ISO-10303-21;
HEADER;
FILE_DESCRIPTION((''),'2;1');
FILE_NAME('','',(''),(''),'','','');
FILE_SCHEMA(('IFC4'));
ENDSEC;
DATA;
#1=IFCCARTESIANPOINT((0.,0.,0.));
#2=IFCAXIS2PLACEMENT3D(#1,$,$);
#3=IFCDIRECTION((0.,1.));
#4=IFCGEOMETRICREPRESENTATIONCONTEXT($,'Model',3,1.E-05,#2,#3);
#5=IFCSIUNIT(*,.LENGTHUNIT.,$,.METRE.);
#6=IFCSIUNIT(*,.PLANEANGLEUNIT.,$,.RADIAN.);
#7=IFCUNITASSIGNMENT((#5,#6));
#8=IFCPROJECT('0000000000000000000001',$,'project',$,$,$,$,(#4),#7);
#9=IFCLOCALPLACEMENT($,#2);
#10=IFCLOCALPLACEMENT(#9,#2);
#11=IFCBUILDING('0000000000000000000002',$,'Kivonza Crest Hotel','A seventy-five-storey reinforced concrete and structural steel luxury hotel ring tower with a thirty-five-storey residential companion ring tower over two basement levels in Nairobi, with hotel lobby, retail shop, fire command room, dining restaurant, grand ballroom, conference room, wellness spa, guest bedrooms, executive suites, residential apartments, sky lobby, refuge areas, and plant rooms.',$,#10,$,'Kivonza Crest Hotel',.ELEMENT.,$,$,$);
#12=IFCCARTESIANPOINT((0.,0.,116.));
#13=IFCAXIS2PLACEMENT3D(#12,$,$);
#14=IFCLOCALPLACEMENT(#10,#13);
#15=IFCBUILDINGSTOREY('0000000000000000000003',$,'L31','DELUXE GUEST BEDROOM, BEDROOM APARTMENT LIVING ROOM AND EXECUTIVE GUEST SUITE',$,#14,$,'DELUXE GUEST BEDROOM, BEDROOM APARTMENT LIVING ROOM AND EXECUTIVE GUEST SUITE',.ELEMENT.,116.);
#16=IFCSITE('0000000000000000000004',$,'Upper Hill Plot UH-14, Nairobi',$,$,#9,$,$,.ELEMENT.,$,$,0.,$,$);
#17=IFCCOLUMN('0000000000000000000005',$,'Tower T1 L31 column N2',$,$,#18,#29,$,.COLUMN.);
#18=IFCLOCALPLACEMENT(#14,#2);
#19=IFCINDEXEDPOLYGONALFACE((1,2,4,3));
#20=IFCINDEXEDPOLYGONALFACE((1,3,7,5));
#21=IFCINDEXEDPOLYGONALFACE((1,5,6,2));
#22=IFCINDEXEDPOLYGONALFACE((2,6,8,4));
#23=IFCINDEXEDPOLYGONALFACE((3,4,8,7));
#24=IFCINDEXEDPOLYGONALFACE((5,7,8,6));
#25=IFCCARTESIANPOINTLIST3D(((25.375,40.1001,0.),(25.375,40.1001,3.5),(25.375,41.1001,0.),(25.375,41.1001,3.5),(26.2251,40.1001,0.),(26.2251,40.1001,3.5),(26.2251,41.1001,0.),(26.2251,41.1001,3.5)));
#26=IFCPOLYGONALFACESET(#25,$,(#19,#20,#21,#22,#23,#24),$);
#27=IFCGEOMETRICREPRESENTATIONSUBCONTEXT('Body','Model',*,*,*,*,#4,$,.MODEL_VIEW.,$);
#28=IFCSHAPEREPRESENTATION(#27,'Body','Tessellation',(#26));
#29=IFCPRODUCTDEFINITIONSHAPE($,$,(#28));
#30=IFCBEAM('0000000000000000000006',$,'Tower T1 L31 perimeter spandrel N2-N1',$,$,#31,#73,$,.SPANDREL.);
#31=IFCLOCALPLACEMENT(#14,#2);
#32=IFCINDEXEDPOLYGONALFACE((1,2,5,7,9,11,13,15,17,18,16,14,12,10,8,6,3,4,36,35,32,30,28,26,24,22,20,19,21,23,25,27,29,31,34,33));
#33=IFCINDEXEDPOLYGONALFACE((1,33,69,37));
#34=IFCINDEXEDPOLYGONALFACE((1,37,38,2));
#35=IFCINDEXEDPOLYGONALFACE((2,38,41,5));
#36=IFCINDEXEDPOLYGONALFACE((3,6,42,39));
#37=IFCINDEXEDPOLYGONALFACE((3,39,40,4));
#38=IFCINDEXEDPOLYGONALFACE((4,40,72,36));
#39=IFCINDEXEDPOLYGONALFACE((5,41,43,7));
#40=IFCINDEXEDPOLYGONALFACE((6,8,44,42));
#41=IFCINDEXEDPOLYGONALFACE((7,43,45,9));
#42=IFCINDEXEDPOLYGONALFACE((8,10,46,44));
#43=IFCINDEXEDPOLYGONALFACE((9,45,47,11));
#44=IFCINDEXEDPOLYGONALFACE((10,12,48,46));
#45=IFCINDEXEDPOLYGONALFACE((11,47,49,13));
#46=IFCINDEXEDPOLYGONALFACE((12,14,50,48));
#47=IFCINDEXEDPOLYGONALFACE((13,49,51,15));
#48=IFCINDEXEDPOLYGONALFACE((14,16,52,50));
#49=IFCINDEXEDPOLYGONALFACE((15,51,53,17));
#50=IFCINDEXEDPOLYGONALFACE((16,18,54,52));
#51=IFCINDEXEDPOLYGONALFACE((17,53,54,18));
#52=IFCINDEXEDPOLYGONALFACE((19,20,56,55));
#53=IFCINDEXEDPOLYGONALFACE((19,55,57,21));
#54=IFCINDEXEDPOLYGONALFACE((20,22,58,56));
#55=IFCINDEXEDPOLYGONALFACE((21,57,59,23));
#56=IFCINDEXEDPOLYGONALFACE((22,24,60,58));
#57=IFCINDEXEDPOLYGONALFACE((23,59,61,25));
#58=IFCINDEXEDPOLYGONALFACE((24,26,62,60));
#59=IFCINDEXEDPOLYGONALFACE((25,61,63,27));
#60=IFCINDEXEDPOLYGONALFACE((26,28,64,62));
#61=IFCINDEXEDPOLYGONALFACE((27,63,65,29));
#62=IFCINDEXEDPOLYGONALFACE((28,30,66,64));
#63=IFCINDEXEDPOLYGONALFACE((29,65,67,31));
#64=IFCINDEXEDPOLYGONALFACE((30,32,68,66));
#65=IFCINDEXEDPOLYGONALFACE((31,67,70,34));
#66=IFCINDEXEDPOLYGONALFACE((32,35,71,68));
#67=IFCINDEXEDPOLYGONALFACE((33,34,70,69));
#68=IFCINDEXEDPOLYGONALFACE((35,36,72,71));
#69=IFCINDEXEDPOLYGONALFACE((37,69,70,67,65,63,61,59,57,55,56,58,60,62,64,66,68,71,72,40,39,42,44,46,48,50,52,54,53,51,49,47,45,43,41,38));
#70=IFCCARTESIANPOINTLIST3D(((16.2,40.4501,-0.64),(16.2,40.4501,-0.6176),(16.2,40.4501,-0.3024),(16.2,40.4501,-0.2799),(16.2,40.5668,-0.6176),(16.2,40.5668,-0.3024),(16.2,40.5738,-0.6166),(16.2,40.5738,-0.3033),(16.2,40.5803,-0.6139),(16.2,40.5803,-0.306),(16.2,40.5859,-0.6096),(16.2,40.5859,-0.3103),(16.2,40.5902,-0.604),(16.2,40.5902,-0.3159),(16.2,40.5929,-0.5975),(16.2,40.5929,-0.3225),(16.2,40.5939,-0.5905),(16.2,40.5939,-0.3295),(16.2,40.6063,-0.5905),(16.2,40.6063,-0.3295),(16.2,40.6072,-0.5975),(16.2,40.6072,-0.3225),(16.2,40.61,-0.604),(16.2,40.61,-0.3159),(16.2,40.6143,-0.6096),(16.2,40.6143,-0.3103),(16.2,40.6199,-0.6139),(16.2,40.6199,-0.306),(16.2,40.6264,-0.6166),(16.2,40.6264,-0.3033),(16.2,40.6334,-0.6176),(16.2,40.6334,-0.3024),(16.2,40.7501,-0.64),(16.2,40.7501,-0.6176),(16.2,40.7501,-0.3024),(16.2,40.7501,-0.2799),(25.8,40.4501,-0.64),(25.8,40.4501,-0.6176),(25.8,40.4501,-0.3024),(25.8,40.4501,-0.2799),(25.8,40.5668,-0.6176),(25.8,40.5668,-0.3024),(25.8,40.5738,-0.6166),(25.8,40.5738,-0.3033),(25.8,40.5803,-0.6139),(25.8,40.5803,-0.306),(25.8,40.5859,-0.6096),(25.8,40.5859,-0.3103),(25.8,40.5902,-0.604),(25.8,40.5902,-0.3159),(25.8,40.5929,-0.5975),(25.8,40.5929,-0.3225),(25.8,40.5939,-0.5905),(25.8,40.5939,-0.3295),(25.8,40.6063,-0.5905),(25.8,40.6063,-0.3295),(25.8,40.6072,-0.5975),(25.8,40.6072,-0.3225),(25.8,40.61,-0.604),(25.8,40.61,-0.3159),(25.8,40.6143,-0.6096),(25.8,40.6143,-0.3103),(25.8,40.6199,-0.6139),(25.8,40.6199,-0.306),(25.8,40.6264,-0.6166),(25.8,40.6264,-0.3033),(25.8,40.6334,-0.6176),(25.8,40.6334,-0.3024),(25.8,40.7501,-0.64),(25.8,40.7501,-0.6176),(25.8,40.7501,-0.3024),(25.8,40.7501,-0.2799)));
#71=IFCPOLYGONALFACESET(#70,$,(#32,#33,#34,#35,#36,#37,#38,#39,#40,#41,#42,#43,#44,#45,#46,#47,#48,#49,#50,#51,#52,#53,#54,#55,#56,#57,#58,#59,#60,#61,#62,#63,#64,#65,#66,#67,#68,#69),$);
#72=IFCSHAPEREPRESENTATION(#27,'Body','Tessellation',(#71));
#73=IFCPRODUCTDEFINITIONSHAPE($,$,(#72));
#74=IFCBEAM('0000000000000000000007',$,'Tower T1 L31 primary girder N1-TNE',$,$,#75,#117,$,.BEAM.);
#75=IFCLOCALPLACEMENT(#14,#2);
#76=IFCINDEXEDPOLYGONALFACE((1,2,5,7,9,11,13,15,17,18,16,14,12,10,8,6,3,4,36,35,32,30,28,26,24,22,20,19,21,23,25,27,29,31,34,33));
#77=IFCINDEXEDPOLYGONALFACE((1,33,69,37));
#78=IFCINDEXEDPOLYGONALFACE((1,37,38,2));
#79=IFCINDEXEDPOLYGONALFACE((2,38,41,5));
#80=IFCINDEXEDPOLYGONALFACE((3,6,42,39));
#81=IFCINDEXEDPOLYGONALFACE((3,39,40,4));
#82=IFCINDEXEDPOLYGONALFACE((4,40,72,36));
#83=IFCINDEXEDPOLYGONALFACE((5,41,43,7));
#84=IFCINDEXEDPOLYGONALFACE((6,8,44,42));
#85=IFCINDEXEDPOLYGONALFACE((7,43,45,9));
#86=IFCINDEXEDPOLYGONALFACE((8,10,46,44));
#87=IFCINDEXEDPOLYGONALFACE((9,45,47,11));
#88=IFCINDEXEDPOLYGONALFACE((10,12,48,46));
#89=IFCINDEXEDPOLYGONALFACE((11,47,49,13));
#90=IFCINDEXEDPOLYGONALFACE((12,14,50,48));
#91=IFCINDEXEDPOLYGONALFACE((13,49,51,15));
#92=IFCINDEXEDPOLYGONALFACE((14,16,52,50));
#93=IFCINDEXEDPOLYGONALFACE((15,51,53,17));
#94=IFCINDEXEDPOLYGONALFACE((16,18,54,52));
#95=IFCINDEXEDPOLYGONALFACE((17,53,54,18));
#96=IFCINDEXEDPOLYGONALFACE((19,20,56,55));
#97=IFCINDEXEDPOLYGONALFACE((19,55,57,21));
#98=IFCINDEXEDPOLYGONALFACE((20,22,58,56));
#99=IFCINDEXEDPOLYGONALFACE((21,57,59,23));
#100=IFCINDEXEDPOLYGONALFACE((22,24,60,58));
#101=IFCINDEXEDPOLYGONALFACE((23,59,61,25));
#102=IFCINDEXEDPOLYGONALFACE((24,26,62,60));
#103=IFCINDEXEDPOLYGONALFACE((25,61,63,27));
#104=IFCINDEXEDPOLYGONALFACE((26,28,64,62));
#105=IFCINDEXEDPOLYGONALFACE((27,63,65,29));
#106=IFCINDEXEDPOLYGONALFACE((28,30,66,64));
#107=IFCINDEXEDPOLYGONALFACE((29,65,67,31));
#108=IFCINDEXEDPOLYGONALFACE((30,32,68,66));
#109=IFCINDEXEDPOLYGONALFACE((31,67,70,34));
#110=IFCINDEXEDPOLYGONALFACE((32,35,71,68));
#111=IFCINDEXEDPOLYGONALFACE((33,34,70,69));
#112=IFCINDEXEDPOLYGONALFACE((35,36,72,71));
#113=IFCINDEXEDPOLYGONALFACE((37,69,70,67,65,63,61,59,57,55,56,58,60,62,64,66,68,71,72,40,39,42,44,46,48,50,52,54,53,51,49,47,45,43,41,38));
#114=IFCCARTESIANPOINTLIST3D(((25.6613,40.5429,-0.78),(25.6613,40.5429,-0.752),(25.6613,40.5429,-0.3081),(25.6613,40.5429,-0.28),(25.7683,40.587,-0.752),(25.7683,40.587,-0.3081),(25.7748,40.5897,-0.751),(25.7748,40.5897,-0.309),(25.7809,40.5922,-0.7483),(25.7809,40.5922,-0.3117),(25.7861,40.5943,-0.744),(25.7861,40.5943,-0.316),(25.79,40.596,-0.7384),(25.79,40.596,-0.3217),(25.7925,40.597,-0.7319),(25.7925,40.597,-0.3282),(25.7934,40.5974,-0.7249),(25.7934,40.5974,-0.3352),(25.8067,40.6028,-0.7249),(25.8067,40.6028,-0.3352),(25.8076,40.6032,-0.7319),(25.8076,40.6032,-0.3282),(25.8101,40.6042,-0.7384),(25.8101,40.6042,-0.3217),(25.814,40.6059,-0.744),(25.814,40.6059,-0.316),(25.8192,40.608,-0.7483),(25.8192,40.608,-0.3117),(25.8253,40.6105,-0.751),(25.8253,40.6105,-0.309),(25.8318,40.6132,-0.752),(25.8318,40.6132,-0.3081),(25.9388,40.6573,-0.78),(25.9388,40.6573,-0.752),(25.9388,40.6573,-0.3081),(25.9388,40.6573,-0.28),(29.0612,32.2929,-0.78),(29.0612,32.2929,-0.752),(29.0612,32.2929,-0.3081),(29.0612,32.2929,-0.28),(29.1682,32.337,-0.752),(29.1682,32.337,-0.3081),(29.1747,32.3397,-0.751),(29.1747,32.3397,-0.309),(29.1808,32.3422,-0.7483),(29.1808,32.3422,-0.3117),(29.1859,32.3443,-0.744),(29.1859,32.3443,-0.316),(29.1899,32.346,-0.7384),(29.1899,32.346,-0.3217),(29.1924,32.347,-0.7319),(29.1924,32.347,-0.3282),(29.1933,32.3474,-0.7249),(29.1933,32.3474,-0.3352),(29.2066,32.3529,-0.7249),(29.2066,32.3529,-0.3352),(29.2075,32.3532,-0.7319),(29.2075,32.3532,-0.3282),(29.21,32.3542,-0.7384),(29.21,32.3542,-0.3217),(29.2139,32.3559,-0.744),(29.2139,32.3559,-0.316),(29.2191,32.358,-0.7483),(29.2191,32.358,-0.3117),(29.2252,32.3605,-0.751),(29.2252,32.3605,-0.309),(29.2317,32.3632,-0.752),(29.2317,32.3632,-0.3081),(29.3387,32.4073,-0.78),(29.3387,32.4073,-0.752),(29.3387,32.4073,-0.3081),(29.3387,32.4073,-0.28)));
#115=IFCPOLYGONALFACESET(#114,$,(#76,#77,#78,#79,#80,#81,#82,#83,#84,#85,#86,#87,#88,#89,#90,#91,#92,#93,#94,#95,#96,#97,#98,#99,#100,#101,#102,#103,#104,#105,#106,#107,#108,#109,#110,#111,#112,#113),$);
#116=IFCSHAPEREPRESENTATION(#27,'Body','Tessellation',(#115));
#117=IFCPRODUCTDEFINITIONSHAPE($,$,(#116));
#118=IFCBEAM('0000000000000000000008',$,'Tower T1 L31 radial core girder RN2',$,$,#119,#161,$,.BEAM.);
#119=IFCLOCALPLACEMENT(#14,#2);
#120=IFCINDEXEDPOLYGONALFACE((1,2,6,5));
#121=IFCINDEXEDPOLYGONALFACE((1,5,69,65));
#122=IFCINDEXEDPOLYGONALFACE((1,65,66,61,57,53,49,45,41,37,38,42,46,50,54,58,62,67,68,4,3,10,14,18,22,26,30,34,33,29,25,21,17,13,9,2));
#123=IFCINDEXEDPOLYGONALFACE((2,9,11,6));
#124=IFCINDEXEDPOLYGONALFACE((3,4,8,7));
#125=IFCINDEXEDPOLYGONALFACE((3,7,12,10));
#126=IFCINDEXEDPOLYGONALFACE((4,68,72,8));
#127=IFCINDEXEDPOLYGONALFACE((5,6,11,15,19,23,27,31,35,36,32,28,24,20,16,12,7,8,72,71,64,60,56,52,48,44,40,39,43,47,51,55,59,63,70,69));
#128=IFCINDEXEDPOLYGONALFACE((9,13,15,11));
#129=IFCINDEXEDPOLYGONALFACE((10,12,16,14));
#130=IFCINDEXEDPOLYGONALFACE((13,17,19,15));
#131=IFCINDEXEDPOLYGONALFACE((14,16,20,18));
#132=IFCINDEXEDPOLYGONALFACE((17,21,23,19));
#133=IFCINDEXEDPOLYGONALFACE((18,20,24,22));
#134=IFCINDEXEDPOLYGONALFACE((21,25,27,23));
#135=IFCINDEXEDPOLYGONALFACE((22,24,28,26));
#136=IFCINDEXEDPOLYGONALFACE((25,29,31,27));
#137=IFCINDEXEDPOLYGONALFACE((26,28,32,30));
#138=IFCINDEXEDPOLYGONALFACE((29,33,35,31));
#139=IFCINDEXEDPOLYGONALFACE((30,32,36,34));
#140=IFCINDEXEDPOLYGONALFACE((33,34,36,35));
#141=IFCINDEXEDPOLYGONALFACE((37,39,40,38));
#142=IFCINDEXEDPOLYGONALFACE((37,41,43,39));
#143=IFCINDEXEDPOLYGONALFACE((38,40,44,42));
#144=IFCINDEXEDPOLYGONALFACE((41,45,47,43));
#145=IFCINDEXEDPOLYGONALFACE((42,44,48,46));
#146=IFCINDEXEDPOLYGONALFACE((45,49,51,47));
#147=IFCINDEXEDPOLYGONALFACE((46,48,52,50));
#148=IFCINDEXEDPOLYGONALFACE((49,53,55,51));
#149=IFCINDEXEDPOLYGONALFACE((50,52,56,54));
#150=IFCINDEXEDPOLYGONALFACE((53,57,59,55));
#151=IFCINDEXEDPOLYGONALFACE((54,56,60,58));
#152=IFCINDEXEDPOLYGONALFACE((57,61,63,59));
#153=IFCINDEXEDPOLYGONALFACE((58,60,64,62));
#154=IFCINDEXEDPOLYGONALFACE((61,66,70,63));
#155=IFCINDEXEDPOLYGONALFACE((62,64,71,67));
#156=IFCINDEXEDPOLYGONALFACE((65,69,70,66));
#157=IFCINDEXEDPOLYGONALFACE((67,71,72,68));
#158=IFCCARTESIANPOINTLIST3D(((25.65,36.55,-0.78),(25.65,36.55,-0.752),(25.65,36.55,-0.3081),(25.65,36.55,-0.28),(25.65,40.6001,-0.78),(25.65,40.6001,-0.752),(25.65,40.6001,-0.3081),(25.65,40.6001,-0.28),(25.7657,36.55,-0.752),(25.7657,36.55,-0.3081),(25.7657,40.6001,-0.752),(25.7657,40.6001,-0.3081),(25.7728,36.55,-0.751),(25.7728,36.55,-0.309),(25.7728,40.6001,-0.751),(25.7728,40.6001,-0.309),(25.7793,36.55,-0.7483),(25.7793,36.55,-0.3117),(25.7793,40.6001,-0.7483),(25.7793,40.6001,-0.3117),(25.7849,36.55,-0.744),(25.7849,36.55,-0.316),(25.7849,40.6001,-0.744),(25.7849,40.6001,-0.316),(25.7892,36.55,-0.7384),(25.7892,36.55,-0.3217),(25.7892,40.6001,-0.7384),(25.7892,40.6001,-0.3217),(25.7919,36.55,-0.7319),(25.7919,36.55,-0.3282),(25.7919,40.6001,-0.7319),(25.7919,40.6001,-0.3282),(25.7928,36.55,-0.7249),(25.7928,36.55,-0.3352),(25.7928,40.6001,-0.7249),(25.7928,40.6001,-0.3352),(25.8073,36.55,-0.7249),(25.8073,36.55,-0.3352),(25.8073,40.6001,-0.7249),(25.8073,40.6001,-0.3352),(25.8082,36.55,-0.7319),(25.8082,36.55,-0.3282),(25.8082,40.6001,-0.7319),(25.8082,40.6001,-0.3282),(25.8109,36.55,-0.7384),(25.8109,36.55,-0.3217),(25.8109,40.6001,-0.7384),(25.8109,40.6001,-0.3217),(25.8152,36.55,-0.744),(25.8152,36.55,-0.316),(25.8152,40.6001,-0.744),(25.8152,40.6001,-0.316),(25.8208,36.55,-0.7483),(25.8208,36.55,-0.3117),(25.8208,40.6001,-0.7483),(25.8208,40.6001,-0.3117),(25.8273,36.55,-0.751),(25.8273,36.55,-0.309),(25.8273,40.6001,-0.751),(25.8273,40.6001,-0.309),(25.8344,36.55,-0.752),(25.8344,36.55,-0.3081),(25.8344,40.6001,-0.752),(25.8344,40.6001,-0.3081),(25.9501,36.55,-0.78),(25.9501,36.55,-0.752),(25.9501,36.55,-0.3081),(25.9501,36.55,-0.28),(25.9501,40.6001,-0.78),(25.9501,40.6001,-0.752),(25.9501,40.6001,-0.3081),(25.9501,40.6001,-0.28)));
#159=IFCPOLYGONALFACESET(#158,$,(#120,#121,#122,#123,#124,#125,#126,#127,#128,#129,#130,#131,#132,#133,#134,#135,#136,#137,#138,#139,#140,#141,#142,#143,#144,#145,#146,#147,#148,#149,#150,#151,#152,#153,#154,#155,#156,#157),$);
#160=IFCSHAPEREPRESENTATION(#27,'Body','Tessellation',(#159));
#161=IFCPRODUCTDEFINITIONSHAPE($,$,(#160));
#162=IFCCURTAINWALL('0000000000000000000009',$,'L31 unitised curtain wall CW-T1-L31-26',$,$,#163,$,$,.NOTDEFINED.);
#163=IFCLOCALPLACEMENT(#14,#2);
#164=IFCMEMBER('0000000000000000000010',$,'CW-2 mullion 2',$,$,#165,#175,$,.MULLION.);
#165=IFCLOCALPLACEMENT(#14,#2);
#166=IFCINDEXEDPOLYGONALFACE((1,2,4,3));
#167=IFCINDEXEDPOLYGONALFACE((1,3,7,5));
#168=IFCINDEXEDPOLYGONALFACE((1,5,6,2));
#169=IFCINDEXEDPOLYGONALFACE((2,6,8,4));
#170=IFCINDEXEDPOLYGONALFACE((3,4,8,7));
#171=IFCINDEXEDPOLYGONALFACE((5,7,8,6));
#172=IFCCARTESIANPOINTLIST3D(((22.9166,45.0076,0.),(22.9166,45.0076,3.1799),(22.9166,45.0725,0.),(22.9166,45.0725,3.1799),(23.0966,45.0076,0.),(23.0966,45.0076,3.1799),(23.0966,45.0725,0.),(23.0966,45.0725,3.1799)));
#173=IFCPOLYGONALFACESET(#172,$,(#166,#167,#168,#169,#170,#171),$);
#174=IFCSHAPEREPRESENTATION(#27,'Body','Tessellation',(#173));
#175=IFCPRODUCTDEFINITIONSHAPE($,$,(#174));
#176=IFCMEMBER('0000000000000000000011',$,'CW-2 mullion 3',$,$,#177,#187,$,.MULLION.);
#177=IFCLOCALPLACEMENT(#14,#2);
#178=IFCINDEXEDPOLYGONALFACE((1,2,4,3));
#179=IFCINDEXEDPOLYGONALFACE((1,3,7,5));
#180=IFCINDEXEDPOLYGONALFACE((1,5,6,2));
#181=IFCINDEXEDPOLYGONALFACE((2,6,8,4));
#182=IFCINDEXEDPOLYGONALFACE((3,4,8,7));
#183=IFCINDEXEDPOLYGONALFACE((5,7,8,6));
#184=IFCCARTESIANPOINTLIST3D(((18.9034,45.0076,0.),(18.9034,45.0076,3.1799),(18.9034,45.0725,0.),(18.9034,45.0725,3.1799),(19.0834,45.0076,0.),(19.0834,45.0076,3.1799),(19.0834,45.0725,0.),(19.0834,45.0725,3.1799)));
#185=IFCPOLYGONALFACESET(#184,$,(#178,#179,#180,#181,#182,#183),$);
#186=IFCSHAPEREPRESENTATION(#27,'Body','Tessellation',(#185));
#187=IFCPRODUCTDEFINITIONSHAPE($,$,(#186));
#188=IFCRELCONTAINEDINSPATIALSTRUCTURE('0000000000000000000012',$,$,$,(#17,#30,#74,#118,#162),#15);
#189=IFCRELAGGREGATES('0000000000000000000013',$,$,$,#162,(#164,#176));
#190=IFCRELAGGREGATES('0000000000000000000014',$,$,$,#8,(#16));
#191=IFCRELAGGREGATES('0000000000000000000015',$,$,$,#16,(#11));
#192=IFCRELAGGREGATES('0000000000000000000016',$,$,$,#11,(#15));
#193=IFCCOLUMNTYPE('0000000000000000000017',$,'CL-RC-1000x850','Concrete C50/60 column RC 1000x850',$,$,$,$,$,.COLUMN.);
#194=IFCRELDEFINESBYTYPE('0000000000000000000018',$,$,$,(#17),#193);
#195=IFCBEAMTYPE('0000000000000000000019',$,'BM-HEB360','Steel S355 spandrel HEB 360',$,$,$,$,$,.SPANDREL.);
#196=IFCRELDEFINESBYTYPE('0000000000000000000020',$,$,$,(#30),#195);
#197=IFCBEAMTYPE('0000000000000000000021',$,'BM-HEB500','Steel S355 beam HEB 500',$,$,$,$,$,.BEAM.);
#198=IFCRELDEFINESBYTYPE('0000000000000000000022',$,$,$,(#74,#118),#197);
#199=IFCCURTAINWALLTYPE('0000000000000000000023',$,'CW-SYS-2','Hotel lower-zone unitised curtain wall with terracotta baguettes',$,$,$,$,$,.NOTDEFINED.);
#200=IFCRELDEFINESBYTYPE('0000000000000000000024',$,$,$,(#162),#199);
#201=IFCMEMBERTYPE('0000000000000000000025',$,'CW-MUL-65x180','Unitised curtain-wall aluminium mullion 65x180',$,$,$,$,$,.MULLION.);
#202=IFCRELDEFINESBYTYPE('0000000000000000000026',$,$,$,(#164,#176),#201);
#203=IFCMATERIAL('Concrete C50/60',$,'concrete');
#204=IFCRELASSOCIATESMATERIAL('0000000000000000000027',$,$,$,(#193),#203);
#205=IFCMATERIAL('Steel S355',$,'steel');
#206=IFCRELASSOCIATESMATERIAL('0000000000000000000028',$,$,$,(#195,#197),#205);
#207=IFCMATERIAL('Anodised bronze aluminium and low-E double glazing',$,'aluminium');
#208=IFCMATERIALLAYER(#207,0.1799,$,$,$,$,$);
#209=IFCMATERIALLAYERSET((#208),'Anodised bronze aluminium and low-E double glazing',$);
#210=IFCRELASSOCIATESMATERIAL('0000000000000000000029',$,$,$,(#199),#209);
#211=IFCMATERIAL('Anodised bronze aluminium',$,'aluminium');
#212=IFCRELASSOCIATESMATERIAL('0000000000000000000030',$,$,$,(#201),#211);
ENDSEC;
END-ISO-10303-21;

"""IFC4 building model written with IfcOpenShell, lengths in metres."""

from ifc_helpers import new_model, si_unit, direction, frame, origin, origin_2d, place, context, subcontext, project, spatial, rectangle, i_section, extrude, material, layer, layer_set, material_profile, profile_set, type_object, element, aggregate, save


model = new_model("IFC4")

# Units and contexts
model_context = context("Model", 3, precision=1e-05, world=origin(), true_north=direction((0.0, 1.0)))
body_context = subcontext(model_context, "Body", "Model", "MODEL_VIEW")
ifc_project = project(units=[si_unit("LENGTHUNIT", "METRE"), si_unit("PLANEANGLEUNIT", "RADIAN")], contexts=[model_context])

# Site, building, storey
site_placement = place(None, origin())
site = spatial("IfcSite", under=ifc_project, at=site_placement, Name="Upper Hill Plot UH-14, Nairobi", CompositionType="ELEMENT", RefElevation=0.0)
building_placement = place(site_placement, origin())
building = spatial("IfcBuilding", under=site, at=building_placement, Name="Kivonza Crest Hotel", Description="A seventy-five-storey reinforced concrete and structural steel luxury hotel ring tower with a thirty-five-storey residential companion ring tower over two basement levels in Nairobi, with hotel lobby, retail shop, fire command room, dining restaurant, grand ballroom, conference room, wellness spa, guest bedrooms, executive suites, residential apartments, sky lobby, refuge areas, and plant rooms.", LongName="Kivonza Crest Hotel", CompositionType="ELEMENT")
storey_placement = place(building_placement, frame((0.0, 0.0, 116.0)))
storey = spatial("IfcBuildingStorey", under=building, at=storey_placement, Name="L31", Description="DELUXE GUEST BEDROOM, BEDROOM APARTMENT LIVING ROOM AND EXECUTIVE GUEST SUITE", LongName="DELUXE GUEST BEDROOM, BEDROOM APARTMENT LIVING ROOM AND EXECUTIVE GUEST SUITE", CompositionType="ELEMENT", Elevation=116.0)

# Column
ifc_material_1 = material(Name="Concrete C50/60", Category="concrete")
ifc_material_profile_1 = material_profile(ifc_material_1, rectangle(XDim=0.8501, YDim=1.0, at=origin_2d()), Name="RC 1000x850")
ifc_profile_set_1 = profile_set([ifc_material_profile_1], Name="Concrete C50/60")
column_type = type_object("IfcColumnType", Name="CL-RC-1000x850", Description="Concrete C50/60 column RC 1000x850", PredefinedType="COLUMN", material=ifc_profile_set_1)
column_placement = place(storey_placement, frame((25.8, 40.6001, 0.0), z_axis=(0.0, 0.0, 1.0), x_axis=(1.0, 0.0, 0.0)))
element("IfcColumn", 1, at=column_placement, inside=storey, type_object=column_type, Name="Tower T1 L31 column N2", PredefinedType="COLUMN", context=body_context, shape_type="SweptSolid", body=[
    extrude(rectangle(XDim=0.8501, YDim=1.0, at=origin_2d()), origin(), (0.0, 0.0, 1.0), 3.5),
])

# Beams
ifc_material_2 = material(Name="Steel S355", Category="steel")
ifc_material_profile_2 = material_profile(ifc_material_2, i_section(OverallWidth=0.3, OverallDepth=0.3601, WebThickness=0.0125, FlangeThickness=0.0225, FilletRadius=0.0271, at=origin_2d()), Name="HEB 360")
ifc_profile_set_2 = profile_set([ifc_material_profile_2], Name="Steel S355")
beam_type_1 = type_object("IfcBeamType", Name="BM-HEB360", Description="Steel S355 spandrel HEB 360", PredefinedType="SPANDREL", material=ifc_profile_set_2)
beam_1_placement = place(storey_placement, frame((25.8, 40.6001, -0.46), z_axis=(-1.0, 0.0, 0.0), x_axis=(0.0, -1.0, 0.0)))
element("IfcBeam", 2, at=beam_1_placement, inside=storey, type_object=beam_type_1, Name="Tower T1 L31 perimeter spandrel N2-N1", PredefinedType="SPANDREL", context=body_context, shape_type="SweptSolid", body=[
    extrude(i_section(OverallWidth=0.3, OverallDepth=0.3601, WebThickness=0.0125, FlangeThickness=0.0225, FilletRadius=0.0271, at=origin_2d()), origin(), (0.0, 0.0, 1.0), 9.6001),
])
ifc_material_profile_3 = material_profile(ifc_material_2, i_section(OverallWidth=0.3, OverallDepth=0.5, WebThickness=0.0144, FlangeThickness=0.0281, FilletRadius=0.0271, at=origin_2d()), Name="HEB 500")
ifc_profile_set_3 = profile_set([ifc_material_profile_3], Name="Steel S355")
beam_type_2 = type_object("IfcBeamType", Name="BM-HEB500", Description="Steel S355 beam HEB 500", PredefinedType="BEAM", material=ifc_profile_set_3)
beam_2_placement = place(storey_placement, frame((25.8, 40.6001, -0.53), z_axis=(0.381022, -0.924566, 0.0), x_axis=(0.924566, 0.381022, 0.0)))
element("IfcBeam", 3, at=beam_2_placement, inside=storey, type_object=beam_type_2, Name="Tower T1 L31 primary girder N1-TNE", PredefinedType="BEAM", context=body_context, shape_type="SweptSolid", body=[
    extrude(i_section(OverallWidth=0.3, OverallDepth=0.5, WebThickness=0.0144, FlangeThickness=0.0281, FilletRadius=0.0271, at=origin_2d()), origin(), (0.0, 0.0, 1.0), 8.9231),
])
beam_3_placement = place(storey_placement, frame((25.8, 40.6001, -0.53), z_axis=(0.0, -1.0, 0.0), x_axis=(1.0, 0.0, 0.0)))
element("IfcBeam", 4, at=beam_3_placement, inside=storey, type_object=beam_type_2, Name="Tower T1 L31 radial core girder RN2", PredefinedType="BEAM", context=body_context, shape_type="SweptSolid", body=[
    extrude(i_section(OverallWidth=0.3, OverallDepth=0.5, WebThickness=0.0144, FlangeThickness=0.0281, FilletRadius=0.0271, at=origin_2d()), origin(), (0.0, 0.0, 1.0), 4.05),
])

# Curtain wall, members
ifc_material_3 = material(Name="Anodised bronze aluminium and low-E double glazing", Category="aluminium")
ifc_layer_1 = layer(ifc_material_3, 0.1799)
ifc_layer_set_1 = layer_set([ifc_layer_1], Name="Anodised bronze aluminium and low-E double glazing")
curtain_wall_type = type_object("IfcCurtainWallType", Name="CW-SYS-2", Description="Hotel lower-zone unitised curtain wall with terracotta baguettes", PredefinedType="NOTDEFINED", material=ifc_layer_set_1)
curtain_wall_placement = place(storey_placement, origin())
curtain_wall = element("IfcCurtainWall", 5, at=curtain_wall_placement, inside=storey, type_object=curtain_wall_type, Name="L31 unitised curtain wall CW-T1-L31-26", PredefinedType="NOTDEFINED")
ifc_material_4 = material(Name="Anodised bronze aluminium", Category="aluminium")
ifc_material_profile_4 = material_profile(ifc_material_4, rectangle(XDim=0.0649, YDim=0.1799, at=origin_2d()), Name="CW-M 65x180")
ifc_profile_set_4 = profile_set([ifc_material_profile_4], Name="Anodised bronze aluminium")
member_type_1 = type_object("IfcMemberType", Name="CW-MUL-65x180", Description="Unitised curtain-wall aluminium mullion 65x180", PredefinedType="MULLION", material=ifc_profile_set_4)
member_1_placement = place(storey_placement, frame((23.0066, 45.04, 0.0), z_axis=(0.0, 0.0, 1.0), x_axis=(0.0, -1.0, 0.0)))
member_1 = element("IfcMember", 6, at=member_1_placement, type_object=member_type_1, Name="CW-2 mullion 2", PredefinedType="MULLION", context=body_context, shape_type="SweptSolid", body=[
    extrude(rectangle(XDim=0.0649, YDim=0.1799, at=origin_2d()), origin(), (0.0, 0.0, 1.0), 3.1799),
])
member_2_placement = place(storey_placement, frame((18.9934, 45.04, 0.0), z_axis=(0.0, 0.0, 1.0), x_axis=(0.0, -1.0, 0.0)))
member_2 = element("IfcMember", 7, at=member_2_placement, type_object=member_type_1, Name="CW-2 mullion 3", PredefinedType="MULLION", context=body_context, shape_type="SweptSolid", body=[
    extrude(rectangle(XDim=0.0649, YDim=0.1799, at=origin_2d()), origin(), (0.0, 0.0, 1.0), 3.1799),
])
aggregate(curtain_wall, [member_1, member_2])

save(model, "model.ifc")
